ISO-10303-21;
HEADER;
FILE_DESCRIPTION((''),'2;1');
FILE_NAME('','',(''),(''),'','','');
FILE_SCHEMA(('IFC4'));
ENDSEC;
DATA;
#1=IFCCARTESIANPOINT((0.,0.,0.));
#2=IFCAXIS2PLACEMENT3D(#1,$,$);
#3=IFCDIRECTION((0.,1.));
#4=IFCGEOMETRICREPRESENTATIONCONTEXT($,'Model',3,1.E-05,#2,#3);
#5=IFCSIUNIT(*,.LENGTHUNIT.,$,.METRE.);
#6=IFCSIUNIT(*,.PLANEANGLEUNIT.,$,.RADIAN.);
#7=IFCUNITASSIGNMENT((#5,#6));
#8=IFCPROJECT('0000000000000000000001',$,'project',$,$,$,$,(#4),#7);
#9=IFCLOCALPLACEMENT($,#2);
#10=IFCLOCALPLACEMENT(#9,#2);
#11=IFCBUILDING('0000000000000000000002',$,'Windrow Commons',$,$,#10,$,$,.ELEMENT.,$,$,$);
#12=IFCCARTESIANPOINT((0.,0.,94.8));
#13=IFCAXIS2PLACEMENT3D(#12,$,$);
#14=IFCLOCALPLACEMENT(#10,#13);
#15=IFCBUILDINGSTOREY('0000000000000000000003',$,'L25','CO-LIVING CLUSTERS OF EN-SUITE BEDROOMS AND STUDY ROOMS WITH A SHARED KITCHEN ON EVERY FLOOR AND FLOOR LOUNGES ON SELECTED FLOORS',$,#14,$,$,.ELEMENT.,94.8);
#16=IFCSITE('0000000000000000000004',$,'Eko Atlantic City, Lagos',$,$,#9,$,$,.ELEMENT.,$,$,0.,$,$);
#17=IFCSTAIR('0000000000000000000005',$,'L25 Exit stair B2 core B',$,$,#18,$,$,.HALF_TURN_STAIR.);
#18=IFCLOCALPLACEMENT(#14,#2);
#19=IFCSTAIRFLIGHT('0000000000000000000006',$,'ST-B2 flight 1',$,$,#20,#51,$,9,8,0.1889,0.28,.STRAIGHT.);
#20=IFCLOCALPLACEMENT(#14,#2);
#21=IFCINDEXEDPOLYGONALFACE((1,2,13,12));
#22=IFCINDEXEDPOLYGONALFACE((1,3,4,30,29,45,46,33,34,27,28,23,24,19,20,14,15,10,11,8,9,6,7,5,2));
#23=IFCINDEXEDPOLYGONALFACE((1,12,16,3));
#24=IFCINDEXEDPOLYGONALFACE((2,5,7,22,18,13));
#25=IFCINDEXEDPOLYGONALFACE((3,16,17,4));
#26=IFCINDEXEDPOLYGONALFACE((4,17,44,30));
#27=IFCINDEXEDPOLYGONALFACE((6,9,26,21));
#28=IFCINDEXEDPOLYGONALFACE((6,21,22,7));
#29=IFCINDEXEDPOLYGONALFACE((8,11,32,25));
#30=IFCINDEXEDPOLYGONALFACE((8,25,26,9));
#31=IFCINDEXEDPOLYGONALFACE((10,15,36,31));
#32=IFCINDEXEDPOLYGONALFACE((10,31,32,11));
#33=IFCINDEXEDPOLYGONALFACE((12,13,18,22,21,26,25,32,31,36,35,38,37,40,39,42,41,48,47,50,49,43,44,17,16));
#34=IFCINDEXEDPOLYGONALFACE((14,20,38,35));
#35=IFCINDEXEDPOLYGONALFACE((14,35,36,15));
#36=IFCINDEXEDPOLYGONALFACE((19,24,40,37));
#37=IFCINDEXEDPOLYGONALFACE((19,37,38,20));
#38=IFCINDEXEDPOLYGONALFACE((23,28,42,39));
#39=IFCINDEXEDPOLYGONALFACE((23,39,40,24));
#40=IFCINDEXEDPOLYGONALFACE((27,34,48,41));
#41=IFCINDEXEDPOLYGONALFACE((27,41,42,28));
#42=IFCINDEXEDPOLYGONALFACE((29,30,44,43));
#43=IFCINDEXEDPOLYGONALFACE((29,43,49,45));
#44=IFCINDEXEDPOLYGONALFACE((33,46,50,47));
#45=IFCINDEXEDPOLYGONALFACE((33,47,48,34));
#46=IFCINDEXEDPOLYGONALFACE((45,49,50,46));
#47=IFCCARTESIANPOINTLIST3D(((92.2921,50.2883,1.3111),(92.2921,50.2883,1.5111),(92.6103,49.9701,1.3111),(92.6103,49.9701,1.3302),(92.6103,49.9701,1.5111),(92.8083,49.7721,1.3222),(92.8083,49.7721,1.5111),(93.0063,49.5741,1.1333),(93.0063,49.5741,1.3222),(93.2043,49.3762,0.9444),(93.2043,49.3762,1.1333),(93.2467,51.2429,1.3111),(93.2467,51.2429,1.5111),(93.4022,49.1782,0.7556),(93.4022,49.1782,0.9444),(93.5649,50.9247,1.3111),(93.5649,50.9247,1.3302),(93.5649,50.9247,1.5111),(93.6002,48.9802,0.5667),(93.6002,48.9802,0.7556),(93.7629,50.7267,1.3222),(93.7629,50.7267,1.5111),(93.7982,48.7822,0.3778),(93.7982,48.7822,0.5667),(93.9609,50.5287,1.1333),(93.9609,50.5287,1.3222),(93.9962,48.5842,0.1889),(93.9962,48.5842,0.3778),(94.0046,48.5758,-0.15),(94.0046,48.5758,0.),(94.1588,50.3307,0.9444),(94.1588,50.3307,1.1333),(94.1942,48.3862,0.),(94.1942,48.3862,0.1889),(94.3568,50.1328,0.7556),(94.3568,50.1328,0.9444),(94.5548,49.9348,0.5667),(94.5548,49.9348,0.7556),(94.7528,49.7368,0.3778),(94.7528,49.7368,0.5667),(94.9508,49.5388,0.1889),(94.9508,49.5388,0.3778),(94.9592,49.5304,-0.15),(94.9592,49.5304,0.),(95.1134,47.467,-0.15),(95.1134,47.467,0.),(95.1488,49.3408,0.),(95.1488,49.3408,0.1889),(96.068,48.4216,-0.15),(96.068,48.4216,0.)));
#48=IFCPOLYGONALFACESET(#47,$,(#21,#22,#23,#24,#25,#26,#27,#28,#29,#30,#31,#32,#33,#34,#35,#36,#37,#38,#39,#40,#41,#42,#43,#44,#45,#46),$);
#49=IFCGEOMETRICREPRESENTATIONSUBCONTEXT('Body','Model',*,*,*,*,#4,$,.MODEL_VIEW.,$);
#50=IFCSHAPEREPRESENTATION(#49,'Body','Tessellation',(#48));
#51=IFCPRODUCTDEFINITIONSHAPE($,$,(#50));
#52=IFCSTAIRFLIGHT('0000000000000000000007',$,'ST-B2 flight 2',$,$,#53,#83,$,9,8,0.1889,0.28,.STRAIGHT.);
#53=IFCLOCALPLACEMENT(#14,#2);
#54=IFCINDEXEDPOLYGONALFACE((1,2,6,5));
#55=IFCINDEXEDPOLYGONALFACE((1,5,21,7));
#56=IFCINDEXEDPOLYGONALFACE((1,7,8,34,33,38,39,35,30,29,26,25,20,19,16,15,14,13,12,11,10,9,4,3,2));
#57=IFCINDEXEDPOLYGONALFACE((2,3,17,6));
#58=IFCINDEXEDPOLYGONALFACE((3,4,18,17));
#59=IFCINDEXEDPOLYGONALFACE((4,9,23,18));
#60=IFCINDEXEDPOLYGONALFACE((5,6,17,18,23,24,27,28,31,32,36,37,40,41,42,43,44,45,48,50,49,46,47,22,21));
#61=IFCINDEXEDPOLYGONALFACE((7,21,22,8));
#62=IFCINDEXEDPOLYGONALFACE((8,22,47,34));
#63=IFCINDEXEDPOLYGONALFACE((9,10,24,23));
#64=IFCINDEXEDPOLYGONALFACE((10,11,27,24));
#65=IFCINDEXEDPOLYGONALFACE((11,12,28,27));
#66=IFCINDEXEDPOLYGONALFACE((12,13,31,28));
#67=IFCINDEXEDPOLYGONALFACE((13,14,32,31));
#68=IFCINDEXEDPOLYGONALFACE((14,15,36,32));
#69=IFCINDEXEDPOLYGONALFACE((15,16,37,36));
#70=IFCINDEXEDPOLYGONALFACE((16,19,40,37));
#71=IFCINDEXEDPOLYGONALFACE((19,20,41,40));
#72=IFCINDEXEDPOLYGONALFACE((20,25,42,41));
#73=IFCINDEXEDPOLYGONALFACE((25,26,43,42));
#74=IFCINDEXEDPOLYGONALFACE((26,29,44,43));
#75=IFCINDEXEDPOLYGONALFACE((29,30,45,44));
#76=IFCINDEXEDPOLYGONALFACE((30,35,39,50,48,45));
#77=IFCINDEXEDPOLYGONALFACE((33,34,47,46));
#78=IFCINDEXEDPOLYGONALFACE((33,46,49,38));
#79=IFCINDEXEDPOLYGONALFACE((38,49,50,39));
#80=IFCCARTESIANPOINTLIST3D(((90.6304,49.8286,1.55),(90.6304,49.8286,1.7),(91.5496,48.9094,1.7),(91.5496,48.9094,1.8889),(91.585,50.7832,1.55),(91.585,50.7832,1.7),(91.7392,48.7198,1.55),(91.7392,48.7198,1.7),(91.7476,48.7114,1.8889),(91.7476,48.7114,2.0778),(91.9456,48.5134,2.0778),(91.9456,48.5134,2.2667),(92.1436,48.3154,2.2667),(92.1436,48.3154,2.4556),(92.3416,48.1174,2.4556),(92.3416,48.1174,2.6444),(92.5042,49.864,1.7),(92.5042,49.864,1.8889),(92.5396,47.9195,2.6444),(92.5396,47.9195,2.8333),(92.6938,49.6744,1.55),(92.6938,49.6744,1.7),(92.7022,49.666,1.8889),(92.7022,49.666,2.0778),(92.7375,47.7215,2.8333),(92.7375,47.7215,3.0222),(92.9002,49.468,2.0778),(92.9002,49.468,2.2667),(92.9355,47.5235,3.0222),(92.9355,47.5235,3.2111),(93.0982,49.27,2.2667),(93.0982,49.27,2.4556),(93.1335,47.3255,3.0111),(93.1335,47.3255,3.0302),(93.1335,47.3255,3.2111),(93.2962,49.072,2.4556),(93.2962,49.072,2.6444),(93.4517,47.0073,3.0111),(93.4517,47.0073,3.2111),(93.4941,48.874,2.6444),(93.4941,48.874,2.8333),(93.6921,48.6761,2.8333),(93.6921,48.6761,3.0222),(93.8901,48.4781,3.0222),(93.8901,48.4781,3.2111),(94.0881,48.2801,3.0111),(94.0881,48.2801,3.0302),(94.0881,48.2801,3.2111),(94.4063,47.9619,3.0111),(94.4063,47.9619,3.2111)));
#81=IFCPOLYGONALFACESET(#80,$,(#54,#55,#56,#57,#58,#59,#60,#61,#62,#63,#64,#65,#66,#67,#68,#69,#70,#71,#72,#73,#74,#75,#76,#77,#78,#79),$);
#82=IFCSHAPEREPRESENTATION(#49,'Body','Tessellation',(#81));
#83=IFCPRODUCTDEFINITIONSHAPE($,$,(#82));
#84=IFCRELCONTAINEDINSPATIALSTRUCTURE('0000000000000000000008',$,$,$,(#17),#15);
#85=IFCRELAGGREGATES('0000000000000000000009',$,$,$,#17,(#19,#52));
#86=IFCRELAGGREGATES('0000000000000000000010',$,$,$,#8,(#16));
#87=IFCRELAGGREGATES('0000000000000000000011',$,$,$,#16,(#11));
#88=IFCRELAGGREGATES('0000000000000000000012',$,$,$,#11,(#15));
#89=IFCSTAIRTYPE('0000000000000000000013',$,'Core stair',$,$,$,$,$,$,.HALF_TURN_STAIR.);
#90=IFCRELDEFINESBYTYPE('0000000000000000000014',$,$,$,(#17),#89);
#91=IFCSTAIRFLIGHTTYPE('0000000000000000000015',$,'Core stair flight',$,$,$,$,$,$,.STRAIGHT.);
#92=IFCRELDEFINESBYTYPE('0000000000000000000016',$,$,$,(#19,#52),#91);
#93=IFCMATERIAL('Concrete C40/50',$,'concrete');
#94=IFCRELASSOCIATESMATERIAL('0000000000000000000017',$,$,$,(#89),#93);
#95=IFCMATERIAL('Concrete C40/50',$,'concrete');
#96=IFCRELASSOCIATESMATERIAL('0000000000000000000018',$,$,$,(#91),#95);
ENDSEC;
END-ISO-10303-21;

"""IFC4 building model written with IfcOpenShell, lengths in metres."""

from ifc_helpers import new_model, si_unit, direction, frame, origin, place, context, subcontext, project, spatial, polyline, outline, extrude, material, type_object, element, aggregate, save


model = new_model("IFC4")

# Units and contexts
model_context = context("Model", 3, precision=1e-05, world=origin(), true_north=direction((0.0, 1.0)))
body_context = subcontext(model_context, "Body", "Model", "MODEL_VIEW")
ifc_project = project(units=[si_unit("LENGTHUNIT", "METRE"), si_unit("PLANEANGLEUNIT", "RADIAN")], contexts=[model_context])

# Site, building, storey
site_placement = place(None, origin())
site = spatial("IfcSite", under=ifc_project, at=site_placement, Name="Eko Atlantic City, Lagos", CompositionType="ELEMENT", RefElevation=0.0)
building_placement = place(site_placement, origin())
building = spatial("IfcBuilding", under=site, at=building_placement, Name="Windrow Commons", CompositionType="ELEMENT")
storey_placement = place(building_placement, frame((0.0, 0.0, 94.8)))
storey = spatial("IfcBuildingStorey", under=building, at=storey_placement, Name="L25", Description="CO-LIVING CLUSTERS OF EN-SUITE BEDROOMS AND STUDY ROOMS WITH A SHARED KITCHEN ON EVERY FLOOR AND FLOOR LOUNGES ON SELECTED FLOORS", CompositionType="ELEMENT", Elevation=94.8)

# Stair, stair flights
ifc_material_1 = material(Name="Concrete C40/50", Category="concrete")
stair_type = type_object("IfcStairType", Name="Core stair", PredefinedType="HALF_TURN_STAIR", material=ifc_material_1)
stair_placement = place(storey_placement, origin())
stair = element("IfcStair", 1, at=stair_placement, inside=storey, type_object=stair_type, Name="L25 Exit stair B2 core B", PredefinedType="HALF_TURN_STAIR")
ifc_material_2 = material(Name="Concrete C40/50", Category="concrete")
stair_flight_type = type_object("IfcStairFlightType", Name="Core stair flight", PredefinedType="STRAIGHT", material=ifc_material_2)
stair_flight_1_placement = place(storey_placement, frame((94.6715, 48.8635, 0.0), z_axis=(0.0, 0.0, 1.0), x_axis=(-0.707107, 0.707107, 0.0)))
stair_flight_1 = element("IfcStairFlight", 2, at=stair_flight_1_placement, type_object=stair_flight_type, Name="ST-B2 flight 1", NumberOfRisers=9, NumberOfTreads=8, PredefinedType="STRAIGHT", RiserHeight=0.1889, TreadLength=0.28, context=body_context, shape_type="SweptSolid", body=[
    extrude(outline(polyline([(-1.3, -0.15), (-1.3, 0.0), (0.0, 0.0), (0.0, 0.1889), (0.28, 0.1889), (0.28, 0.3778), (0.56, 0.3778), (0.56, 0.5667), (0.84, 0.5667), (0.84, 0.7556), (1.12, 0.7556), (1.12, 0.9444), (1.4, 0.9444), (1.4, 1.1333), (1.68, 1.1333), (1.68, 1.3222), (1.96, 1.3222), (1.96, 1.5111), (2.24, 1.5111), (2.69, 1.5111), (2.69, 1.3111), (2.24, 1.3111), (2.24, 1.3302), (0.2682, 0.0), (0.2682, -0.15), (-1.3, -0.15)])), frame((0.0, 0.675, 0.0), z_axis=(0.0, -1.0, 0.0), x_axis=(1.0, 0.0, 0.0)), (0.0, 0.0, 1.0), 1.35),
])
stair_flight_2_placement = place(storey_placement, frame((92.0269, 49.3867, 1.7), z_axis=(0.0, 0.0, 1.0), x_axis=(0.707107, -0.707107, 0.0)))
stair_flight_2 = element("IfcStairFlight", 3, at=stair_flight_2_placement, type_object=stair_flight_type, Name="ST-B2 flight 2", NumberOfRisers=9, NumberOfTreads=8, PredefinedType="STRAIGHT", RiserHeight=0.1889, TreadLength=0.28, context=body_context, shape_type="SweptSolid", body=[
    extrude(outline(polyline([(-1.3, -0.15), (-1.3, 0.0), (0.0, 0.0), (0.0, 0.1889), (0.28, 0.1889), (0.28, 0.3778), (0.56, 0.3778), (0.56, 0.5667), (0.84, 0.5667), (0.84, 0.7556), (1.12, 0.7556), (1.12, 0.9444), (1.4, 0.9444), (1.4, 1.1333), (1.68, 1.1333), (1.68, 1.3222), (1.96, 1.3222), (1.96, 1.5111), (2.24, 1.5111), (2.69, 1.5111), (2.69, 1.3111), (2.24, 1.3111), (2.24, 1.3302), (0.2682, 0.0), (0.2682, -0.15), (-1.3, -0.15)])), frame((0.0, 0.675, 0.0), z_axis=(0.0, -1.0, 0.0), x_axis=(1.0, 0.0, 0.0)), (0.0, 0.0, 1.0), 1.35),
])
aggregate(stair, [stair_flight_1, stair_flight_2])

save(model, "model.ifc")
